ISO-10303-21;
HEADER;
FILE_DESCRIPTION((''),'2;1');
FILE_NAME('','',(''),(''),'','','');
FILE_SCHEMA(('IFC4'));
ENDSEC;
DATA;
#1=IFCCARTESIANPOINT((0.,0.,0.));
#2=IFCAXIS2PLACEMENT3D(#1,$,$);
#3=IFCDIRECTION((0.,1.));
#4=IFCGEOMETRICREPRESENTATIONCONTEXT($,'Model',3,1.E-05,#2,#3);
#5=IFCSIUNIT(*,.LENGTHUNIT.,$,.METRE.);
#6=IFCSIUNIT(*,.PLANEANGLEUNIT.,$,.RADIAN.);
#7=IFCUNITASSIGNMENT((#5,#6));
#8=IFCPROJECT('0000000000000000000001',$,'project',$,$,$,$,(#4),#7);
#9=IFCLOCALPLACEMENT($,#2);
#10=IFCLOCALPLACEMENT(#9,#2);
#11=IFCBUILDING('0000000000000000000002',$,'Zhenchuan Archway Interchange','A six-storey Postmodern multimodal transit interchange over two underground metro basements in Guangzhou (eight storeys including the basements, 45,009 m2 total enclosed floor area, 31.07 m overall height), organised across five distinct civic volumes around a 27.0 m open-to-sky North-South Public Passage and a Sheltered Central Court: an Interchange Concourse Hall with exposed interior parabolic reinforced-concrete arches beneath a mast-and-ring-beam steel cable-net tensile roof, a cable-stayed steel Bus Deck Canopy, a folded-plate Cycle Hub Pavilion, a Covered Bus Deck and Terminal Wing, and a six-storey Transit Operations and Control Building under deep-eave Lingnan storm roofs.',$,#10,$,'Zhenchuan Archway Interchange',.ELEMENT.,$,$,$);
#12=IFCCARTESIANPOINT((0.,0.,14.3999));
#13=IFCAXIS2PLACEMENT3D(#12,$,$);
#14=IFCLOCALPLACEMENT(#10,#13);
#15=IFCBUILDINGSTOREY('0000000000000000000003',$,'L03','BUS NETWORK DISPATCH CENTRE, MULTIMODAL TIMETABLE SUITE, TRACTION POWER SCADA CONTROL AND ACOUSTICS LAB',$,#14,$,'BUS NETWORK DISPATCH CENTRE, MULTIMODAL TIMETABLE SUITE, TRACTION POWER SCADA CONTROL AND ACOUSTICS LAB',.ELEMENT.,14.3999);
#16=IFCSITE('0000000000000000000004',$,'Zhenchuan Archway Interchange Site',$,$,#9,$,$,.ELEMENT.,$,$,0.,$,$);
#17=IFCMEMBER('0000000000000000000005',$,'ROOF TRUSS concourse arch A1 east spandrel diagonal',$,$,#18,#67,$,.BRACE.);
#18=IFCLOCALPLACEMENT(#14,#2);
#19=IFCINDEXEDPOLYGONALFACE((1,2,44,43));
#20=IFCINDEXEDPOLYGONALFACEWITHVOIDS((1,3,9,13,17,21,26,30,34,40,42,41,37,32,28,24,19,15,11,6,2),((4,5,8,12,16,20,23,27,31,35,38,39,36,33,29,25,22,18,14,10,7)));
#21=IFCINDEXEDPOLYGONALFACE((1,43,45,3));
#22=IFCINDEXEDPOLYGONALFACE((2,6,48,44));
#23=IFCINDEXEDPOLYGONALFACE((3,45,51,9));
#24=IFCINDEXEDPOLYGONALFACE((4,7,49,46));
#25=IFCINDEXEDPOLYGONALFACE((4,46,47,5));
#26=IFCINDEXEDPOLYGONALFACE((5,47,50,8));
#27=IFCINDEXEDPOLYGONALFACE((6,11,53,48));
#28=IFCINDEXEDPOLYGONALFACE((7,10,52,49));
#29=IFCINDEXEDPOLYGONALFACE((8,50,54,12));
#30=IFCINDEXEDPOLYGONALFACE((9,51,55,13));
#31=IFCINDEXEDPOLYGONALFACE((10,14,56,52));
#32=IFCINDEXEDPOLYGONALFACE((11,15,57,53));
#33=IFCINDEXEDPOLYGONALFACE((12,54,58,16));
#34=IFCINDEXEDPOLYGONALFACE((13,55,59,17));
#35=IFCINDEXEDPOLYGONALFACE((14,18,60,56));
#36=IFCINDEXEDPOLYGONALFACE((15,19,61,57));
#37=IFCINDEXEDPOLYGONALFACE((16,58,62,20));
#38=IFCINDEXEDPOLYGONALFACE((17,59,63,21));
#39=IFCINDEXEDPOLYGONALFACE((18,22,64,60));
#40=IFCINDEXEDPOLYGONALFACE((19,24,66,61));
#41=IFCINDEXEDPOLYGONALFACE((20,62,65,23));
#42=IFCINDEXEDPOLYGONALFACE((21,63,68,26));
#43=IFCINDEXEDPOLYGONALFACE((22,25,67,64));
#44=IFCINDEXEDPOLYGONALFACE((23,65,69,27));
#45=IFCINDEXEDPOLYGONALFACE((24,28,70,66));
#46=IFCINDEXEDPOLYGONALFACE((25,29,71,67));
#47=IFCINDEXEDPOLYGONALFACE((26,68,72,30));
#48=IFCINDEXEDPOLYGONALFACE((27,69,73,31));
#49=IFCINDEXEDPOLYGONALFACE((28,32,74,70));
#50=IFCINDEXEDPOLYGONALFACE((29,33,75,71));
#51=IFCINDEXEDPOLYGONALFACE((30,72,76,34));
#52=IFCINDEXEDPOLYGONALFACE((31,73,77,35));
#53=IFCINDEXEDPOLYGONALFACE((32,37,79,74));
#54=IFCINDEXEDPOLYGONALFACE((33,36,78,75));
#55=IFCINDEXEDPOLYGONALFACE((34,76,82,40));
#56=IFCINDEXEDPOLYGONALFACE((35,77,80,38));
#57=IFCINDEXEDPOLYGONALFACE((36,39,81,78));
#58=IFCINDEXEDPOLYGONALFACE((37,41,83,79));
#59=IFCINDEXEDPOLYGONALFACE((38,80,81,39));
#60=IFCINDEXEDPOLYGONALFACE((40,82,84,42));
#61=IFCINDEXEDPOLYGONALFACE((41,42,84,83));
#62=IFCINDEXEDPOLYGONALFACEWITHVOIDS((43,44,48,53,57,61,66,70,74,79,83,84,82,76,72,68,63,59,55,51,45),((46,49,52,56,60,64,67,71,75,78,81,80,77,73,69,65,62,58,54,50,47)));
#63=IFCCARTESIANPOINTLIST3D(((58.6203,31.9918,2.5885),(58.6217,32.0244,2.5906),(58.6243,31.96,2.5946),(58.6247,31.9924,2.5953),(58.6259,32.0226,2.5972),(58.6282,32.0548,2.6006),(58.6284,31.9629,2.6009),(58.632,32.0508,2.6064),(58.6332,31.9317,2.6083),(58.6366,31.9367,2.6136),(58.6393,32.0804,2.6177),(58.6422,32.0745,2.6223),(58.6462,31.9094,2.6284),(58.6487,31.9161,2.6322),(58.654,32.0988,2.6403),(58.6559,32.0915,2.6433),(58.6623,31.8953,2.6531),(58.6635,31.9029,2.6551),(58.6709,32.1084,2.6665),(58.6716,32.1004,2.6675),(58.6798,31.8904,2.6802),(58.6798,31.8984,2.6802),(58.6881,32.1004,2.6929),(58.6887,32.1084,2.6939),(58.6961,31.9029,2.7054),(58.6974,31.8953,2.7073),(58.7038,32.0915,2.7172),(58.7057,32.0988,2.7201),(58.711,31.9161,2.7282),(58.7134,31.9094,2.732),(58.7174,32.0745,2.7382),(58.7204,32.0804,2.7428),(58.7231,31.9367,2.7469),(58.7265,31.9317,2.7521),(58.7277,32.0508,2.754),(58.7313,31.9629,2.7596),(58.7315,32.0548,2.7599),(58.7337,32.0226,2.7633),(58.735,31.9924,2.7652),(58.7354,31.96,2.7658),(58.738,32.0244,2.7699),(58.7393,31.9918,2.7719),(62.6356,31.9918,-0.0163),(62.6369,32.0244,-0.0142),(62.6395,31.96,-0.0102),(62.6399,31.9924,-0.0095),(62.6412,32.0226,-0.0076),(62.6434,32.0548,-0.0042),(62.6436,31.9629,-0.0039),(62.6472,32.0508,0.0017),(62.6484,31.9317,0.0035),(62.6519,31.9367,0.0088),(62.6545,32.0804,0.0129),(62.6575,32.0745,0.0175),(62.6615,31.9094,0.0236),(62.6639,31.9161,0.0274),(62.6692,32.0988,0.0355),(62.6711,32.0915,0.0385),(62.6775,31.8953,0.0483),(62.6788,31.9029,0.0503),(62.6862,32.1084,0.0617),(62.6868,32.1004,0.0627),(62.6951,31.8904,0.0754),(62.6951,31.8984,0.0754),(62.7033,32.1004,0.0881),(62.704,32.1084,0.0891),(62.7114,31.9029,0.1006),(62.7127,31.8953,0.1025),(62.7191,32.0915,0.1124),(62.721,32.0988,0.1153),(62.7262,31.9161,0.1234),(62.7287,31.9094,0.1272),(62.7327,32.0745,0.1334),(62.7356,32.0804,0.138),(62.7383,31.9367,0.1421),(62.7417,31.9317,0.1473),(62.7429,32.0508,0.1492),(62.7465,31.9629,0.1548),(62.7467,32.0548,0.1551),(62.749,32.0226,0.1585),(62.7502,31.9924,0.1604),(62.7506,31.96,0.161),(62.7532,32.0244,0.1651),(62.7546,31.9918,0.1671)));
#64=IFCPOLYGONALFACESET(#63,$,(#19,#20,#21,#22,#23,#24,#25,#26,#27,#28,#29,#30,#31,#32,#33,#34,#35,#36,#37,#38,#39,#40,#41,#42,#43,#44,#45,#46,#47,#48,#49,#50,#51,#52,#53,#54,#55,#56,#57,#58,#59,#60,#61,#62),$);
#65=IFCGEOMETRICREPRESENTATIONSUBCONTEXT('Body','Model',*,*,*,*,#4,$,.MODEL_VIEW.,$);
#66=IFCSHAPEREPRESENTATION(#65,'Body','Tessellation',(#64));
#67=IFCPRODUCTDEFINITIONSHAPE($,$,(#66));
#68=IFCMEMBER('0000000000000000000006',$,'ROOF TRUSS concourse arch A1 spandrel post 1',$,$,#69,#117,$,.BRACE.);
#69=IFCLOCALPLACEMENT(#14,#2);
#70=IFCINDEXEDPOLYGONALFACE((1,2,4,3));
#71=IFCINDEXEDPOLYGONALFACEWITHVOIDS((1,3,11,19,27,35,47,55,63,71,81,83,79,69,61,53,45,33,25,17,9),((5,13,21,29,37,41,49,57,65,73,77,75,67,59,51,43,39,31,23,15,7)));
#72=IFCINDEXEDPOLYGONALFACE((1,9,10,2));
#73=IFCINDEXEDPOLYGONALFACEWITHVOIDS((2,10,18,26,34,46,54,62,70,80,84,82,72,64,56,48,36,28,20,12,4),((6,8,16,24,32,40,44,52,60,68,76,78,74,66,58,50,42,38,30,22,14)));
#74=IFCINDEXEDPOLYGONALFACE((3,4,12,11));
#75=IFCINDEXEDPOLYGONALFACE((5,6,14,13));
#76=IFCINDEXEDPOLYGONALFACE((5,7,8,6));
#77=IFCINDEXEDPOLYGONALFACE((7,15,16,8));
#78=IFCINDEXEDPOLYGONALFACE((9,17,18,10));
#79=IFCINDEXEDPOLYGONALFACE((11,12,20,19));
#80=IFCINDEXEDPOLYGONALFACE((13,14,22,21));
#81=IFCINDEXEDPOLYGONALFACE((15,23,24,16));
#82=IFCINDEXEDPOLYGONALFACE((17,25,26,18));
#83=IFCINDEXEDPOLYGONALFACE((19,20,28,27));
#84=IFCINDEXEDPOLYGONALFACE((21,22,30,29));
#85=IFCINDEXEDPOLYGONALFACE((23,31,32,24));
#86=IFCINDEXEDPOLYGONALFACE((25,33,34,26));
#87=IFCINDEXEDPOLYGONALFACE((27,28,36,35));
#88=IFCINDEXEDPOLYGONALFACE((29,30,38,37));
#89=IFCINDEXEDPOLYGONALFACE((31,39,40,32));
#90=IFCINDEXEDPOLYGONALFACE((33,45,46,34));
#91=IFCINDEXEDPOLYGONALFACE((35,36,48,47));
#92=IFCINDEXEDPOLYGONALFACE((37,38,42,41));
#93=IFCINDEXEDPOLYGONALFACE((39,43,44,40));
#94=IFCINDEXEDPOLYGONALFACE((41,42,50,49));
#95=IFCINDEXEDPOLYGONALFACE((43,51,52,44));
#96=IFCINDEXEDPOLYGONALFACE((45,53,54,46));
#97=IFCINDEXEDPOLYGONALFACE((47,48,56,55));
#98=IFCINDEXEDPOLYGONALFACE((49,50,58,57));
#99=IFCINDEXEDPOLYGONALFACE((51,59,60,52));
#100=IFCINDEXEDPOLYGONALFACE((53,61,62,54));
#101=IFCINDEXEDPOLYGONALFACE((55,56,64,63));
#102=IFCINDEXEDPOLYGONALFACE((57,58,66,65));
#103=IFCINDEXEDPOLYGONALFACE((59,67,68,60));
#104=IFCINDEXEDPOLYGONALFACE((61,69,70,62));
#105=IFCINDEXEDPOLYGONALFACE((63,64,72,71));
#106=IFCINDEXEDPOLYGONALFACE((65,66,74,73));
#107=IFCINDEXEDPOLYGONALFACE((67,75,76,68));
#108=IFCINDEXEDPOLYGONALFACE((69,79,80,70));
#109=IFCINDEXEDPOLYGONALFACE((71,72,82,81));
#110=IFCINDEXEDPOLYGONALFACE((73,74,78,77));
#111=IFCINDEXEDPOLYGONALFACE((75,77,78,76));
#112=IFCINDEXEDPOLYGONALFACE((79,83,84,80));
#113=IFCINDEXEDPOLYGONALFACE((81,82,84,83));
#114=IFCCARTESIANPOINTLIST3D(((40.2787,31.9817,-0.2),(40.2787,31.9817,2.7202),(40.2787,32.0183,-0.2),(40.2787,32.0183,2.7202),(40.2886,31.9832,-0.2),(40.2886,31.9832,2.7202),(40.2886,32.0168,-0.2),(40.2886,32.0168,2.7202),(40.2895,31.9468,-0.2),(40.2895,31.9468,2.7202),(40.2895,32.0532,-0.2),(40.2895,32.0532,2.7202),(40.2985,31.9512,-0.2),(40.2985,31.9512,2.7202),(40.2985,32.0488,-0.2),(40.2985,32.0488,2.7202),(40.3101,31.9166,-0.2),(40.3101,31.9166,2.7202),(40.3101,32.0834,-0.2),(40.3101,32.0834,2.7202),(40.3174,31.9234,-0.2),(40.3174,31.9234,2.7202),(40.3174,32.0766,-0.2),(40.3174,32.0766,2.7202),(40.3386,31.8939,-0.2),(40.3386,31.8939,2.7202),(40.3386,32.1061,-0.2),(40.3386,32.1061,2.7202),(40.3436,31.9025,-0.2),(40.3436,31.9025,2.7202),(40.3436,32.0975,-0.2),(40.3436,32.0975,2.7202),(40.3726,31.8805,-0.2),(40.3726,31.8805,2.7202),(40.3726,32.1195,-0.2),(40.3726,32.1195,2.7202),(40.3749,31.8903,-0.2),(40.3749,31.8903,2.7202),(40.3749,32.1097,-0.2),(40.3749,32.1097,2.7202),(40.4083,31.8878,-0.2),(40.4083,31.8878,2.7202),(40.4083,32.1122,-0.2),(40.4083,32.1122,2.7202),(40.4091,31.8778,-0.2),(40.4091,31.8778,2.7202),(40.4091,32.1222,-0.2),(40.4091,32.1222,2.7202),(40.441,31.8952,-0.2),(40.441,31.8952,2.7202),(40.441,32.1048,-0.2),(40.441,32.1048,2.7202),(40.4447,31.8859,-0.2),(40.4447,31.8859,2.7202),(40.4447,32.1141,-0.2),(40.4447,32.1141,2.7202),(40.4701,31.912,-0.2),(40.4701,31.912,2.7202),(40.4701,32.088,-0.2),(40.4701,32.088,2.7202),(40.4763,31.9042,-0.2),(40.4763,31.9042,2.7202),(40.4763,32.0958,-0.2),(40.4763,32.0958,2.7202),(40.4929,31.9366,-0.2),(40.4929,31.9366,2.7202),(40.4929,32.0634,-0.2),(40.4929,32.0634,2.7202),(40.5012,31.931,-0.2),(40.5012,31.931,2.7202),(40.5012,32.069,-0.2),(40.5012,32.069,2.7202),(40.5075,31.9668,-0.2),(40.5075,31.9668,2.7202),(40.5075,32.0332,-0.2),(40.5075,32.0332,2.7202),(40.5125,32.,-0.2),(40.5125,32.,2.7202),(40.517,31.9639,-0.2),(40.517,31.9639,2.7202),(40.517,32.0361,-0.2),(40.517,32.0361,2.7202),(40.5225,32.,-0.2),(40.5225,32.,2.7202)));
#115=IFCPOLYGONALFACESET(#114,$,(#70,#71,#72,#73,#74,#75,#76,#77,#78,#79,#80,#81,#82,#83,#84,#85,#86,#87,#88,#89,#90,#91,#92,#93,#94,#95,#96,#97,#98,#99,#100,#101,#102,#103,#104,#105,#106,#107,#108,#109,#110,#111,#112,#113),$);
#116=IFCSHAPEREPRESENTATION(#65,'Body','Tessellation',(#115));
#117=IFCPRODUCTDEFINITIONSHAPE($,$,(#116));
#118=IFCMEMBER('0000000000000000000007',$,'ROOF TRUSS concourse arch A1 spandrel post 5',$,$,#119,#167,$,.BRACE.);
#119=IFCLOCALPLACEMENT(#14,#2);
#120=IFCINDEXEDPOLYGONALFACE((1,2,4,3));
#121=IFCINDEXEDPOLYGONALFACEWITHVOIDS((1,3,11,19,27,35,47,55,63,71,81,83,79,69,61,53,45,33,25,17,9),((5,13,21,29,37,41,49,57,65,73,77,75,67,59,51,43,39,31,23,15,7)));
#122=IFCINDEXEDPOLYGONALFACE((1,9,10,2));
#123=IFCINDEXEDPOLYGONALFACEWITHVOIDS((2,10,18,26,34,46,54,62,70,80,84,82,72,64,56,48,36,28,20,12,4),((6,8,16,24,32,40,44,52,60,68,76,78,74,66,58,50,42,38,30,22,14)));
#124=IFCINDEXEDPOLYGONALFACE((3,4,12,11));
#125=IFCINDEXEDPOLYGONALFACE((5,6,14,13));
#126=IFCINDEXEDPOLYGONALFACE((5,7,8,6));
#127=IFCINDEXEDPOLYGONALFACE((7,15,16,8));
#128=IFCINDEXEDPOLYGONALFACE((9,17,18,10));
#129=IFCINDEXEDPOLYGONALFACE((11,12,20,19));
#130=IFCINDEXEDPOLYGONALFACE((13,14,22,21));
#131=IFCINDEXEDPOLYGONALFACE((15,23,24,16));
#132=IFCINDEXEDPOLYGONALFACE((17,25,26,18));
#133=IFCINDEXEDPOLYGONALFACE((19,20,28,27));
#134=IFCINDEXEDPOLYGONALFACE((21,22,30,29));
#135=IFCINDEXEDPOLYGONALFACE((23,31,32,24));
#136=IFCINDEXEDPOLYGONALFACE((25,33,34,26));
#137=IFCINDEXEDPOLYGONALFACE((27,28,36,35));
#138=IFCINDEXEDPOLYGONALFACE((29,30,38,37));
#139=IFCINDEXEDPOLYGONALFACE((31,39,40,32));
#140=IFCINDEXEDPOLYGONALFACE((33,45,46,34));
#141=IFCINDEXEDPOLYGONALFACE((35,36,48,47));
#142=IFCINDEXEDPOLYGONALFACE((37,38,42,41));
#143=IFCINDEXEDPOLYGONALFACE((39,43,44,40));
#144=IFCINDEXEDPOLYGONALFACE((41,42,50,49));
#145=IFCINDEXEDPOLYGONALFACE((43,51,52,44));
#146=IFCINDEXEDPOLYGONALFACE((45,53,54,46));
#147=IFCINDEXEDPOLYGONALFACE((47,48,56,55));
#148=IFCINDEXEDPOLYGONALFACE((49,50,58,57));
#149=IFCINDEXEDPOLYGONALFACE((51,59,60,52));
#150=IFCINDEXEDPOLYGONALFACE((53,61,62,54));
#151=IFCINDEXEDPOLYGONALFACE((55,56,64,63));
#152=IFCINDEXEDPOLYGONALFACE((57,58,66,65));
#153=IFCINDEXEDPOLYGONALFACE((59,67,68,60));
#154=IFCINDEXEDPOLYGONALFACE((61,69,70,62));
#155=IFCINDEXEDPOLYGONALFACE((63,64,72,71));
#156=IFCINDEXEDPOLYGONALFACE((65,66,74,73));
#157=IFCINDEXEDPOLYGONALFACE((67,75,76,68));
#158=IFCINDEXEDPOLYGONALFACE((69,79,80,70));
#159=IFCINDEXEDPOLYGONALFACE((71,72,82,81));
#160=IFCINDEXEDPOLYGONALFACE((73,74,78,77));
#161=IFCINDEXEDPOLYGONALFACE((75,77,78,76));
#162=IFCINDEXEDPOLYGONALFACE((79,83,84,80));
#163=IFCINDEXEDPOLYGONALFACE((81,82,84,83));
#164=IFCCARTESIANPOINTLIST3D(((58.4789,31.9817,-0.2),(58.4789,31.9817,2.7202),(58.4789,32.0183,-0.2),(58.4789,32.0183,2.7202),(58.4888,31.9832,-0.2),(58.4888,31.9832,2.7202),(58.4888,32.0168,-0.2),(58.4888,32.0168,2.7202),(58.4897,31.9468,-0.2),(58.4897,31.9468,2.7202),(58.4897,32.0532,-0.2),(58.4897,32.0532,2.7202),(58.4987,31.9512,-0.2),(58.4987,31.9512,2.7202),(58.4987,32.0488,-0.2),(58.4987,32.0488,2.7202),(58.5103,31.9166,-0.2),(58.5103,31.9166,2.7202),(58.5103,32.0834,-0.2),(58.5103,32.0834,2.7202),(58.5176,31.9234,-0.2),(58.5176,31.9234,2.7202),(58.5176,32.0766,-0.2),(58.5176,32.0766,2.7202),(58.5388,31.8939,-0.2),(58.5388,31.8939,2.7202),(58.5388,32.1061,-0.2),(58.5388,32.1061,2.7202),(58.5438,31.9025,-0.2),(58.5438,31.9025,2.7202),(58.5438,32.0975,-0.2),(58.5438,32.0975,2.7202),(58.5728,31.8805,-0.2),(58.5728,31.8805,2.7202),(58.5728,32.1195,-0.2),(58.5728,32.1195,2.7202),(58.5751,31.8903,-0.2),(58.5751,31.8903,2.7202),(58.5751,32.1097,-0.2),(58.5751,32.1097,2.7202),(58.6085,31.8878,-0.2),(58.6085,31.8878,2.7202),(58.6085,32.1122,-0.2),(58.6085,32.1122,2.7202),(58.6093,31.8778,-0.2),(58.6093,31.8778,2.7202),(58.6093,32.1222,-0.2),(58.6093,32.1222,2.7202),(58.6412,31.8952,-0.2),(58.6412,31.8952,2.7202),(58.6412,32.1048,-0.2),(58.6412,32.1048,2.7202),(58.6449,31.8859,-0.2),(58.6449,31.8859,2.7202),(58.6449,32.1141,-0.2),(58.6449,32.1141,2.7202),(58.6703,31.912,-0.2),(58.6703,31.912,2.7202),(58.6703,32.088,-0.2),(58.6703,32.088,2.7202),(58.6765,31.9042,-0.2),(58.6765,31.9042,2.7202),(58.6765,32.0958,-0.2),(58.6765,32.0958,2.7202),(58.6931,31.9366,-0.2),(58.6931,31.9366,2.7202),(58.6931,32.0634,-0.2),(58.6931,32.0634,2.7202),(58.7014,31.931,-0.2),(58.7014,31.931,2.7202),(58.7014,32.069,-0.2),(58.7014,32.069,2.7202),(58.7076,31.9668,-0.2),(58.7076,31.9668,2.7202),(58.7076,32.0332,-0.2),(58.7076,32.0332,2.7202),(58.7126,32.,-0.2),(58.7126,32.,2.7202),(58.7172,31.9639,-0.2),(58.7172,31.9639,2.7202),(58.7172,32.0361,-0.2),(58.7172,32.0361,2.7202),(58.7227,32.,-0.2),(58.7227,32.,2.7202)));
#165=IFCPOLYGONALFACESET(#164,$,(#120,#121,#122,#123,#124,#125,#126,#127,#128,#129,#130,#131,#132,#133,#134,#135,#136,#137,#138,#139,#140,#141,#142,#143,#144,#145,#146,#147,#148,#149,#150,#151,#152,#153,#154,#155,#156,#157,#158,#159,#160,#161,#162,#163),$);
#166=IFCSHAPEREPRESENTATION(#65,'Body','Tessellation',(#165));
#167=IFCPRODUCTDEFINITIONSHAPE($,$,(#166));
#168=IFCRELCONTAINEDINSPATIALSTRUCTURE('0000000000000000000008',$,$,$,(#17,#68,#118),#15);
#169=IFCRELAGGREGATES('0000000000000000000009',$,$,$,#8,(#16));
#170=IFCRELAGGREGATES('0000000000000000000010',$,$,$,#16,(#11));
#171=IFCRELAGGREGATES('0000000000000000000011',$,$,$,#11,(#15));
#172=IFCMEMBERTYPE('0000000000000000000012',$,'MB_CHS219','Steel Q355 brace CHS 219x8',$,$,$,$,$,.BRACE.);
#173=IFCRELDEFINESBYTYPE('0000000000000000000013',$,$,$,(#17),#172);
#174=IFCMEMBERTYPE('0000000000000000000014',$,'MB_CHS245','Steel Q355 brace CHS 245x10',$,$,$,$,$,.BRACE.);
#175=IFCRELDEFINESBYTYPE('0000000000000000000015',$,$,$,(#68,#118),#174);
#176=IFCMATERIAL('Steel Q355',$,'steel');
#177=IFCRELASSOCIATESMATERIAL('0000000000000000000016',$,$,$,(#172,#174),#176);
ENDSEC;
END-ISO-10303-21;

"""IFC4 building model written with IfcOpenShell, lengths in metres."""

from ifc_helpers import new_model, si_unit, direction, frame, origin, origin_2d, place, context, subcontext, project, spatial, hollow_circle, extrude, material, material_profile, profile_set, type_object, element, save


model = new_model("IFC4")

# Units and contexts
model_context = context("Model", 3, precision=1e-05, world=origin(), true_north=direction((0.0, 1.0)))
body_context = subcontext(model_context, "Body", "Model", "MODEL_VIEW")
ifc_project = project(units=[si_unit("LENGTHUNIT", "METRE"), si_unit("PLANEANGLEUNIT", "RADIAN")], contexts=[model_context])

# Site, building, storey
site_placement = place(None, origin())
site = spatial("IfcSite", under=ifc_project, at=site_placement, Name="Zhenchuan Archway Interchange Site", CompositionType="ELEMENT", RefElevation=0.0)
building_placement = place(site_placement, origin())
building = spatial("IfcBuilding", under=site, at=building_placement, Name="Zhenchuan Archway Interchange", Description="A six-storey Postmodern multimodal transit interchange over two underground metro basements in Guangzhou (eight storeys including the basements, 45,009 m2 total enclosed floor area, 31.07 m overall height), organised across five distinct civic volumes around a 27.0 m open-to-sky North-South Public Passage and a Sheltered Central Court: an Interchange Concourse Hall with exposed interior parabolic reinforced-concrete arches beneath a mast-and-ring-beam steel cable-net tensile roof, a cable-stayed steel Bus Deck Canopy, a folded-plate Cycle Hub Pavilion, a Covered Bus Deck and Terminal Wing, and a six-storey Transit Operations and Control Building under deep-eave Lingnan storm roofs.", LongName="Zhenchuan Archway Interchange", CompositionType="ELEMENT")
storey_placement = place(building_placement, frame((0.0, 0.0, 14.3999)))
storey = spatial("IfcBuildingStorey", under=building, at=storey_placement, Name="L03", Description="BUS NETWORK DISPATCH CENTRE, MULTIMODAL TIMETABLE SUITE, TRACTION POWER SCADA CONTROL AND ACOUSTICS LAB", LongName="BUS NETWORK DISPATCH CENTRE, MULTIMODAL TIMETABLE SUITE, TRACTION POWER SCADA CONTROL AND ACOUSTICS LAB", CompositionType="ELEMENT", Elevation=14.3999)

# Shared definitions
ifc_material_1 = material(Name="Steel Q355", Category="steel")

# Members
ifc_material_profile_1 = material_profile(ifc_material_1, hollow_circle(Radius=0.1096, WallThickness=0.0081, at=origin_2d()), Name="CHS 219x8")
ifc_profile_set_1 = profile_set([ifc_material_profile_1], Name="Steel Q355")
member_type_1 = type_object("IfcMemberType", Name="MB_CHS219", Description="Steel Q355 brace CHS 219x8", PredefinedType="BRACE", material=ifc_profile_set_1)
member_1_placement = place(storey_placement, frame((62.6951, 32.0, 0.0754), z_axis=(-0.83893, 0.0, 0.544239), x_axis=(0.0, -1.0, 0.0)))
element("IfcMember", 1, at=member_1_placement, inside=storey, type_object=member_type_1, Name="ROOF TRUSS concourse arch A1 east spandrel diagonal", PredefinedType="BRACE", context=body_context, shape_type="SweptSolid", body=[
    extrude(hollow_circle(Radius=0.1096, WallThickness=0.0081, at=origin_2d()), origin(), (0.0, 0.0, 1.0), 4.7861),
])
ifc_material_profile_2 = material_profile(ifc_material_1, hollow_circle(Radius=0.1226, WallThickness=0.01, at=origin_2d()), Name="CHS 245x10")
ifc_profile_set_2 = profile_set([ifc_material_profile_2], Name="Steel Q355")
member_type_2 = type_object("IfcMemberType", Name="MB_CHS245", Description="Steel Q355 brace CHS 245x10", PredefinedType="BRACE", material=ifc_profile_set_2)
for number, where, z_axis, x_axis, name in (
    (2, (40.3999, 32.0, -0.2), (0.0, 0.0, 1.0), (1.0, 0.0, 0.0), "ROOF TRUSS concourse arch A1 spandrel post 1"),
    (3, (58.6001, 32.0, -0.2), (0.0, 0.0, 1.0), (1.0, 0.0, 0.0), "ROOF TRUSS concourse arch A1 spandrel post 5"),
):
    element("IfcMember", number, at=place(storey_placement, frame(where, z_axis=z_axis, x_axis=x_axis)), inside=storey, type_object=member_type_2, Name=name, PredefinedType="BRACE", context=body_context, shape_type="SweptSolid", body=[
        extrude(hollow_circle(Radius=0.1226, WallThickness=0.01, at=origin_2d()), origin(), (0.0, 0.0, 1.0), 2.9202),
    ])

save(model, "model.ifc")
